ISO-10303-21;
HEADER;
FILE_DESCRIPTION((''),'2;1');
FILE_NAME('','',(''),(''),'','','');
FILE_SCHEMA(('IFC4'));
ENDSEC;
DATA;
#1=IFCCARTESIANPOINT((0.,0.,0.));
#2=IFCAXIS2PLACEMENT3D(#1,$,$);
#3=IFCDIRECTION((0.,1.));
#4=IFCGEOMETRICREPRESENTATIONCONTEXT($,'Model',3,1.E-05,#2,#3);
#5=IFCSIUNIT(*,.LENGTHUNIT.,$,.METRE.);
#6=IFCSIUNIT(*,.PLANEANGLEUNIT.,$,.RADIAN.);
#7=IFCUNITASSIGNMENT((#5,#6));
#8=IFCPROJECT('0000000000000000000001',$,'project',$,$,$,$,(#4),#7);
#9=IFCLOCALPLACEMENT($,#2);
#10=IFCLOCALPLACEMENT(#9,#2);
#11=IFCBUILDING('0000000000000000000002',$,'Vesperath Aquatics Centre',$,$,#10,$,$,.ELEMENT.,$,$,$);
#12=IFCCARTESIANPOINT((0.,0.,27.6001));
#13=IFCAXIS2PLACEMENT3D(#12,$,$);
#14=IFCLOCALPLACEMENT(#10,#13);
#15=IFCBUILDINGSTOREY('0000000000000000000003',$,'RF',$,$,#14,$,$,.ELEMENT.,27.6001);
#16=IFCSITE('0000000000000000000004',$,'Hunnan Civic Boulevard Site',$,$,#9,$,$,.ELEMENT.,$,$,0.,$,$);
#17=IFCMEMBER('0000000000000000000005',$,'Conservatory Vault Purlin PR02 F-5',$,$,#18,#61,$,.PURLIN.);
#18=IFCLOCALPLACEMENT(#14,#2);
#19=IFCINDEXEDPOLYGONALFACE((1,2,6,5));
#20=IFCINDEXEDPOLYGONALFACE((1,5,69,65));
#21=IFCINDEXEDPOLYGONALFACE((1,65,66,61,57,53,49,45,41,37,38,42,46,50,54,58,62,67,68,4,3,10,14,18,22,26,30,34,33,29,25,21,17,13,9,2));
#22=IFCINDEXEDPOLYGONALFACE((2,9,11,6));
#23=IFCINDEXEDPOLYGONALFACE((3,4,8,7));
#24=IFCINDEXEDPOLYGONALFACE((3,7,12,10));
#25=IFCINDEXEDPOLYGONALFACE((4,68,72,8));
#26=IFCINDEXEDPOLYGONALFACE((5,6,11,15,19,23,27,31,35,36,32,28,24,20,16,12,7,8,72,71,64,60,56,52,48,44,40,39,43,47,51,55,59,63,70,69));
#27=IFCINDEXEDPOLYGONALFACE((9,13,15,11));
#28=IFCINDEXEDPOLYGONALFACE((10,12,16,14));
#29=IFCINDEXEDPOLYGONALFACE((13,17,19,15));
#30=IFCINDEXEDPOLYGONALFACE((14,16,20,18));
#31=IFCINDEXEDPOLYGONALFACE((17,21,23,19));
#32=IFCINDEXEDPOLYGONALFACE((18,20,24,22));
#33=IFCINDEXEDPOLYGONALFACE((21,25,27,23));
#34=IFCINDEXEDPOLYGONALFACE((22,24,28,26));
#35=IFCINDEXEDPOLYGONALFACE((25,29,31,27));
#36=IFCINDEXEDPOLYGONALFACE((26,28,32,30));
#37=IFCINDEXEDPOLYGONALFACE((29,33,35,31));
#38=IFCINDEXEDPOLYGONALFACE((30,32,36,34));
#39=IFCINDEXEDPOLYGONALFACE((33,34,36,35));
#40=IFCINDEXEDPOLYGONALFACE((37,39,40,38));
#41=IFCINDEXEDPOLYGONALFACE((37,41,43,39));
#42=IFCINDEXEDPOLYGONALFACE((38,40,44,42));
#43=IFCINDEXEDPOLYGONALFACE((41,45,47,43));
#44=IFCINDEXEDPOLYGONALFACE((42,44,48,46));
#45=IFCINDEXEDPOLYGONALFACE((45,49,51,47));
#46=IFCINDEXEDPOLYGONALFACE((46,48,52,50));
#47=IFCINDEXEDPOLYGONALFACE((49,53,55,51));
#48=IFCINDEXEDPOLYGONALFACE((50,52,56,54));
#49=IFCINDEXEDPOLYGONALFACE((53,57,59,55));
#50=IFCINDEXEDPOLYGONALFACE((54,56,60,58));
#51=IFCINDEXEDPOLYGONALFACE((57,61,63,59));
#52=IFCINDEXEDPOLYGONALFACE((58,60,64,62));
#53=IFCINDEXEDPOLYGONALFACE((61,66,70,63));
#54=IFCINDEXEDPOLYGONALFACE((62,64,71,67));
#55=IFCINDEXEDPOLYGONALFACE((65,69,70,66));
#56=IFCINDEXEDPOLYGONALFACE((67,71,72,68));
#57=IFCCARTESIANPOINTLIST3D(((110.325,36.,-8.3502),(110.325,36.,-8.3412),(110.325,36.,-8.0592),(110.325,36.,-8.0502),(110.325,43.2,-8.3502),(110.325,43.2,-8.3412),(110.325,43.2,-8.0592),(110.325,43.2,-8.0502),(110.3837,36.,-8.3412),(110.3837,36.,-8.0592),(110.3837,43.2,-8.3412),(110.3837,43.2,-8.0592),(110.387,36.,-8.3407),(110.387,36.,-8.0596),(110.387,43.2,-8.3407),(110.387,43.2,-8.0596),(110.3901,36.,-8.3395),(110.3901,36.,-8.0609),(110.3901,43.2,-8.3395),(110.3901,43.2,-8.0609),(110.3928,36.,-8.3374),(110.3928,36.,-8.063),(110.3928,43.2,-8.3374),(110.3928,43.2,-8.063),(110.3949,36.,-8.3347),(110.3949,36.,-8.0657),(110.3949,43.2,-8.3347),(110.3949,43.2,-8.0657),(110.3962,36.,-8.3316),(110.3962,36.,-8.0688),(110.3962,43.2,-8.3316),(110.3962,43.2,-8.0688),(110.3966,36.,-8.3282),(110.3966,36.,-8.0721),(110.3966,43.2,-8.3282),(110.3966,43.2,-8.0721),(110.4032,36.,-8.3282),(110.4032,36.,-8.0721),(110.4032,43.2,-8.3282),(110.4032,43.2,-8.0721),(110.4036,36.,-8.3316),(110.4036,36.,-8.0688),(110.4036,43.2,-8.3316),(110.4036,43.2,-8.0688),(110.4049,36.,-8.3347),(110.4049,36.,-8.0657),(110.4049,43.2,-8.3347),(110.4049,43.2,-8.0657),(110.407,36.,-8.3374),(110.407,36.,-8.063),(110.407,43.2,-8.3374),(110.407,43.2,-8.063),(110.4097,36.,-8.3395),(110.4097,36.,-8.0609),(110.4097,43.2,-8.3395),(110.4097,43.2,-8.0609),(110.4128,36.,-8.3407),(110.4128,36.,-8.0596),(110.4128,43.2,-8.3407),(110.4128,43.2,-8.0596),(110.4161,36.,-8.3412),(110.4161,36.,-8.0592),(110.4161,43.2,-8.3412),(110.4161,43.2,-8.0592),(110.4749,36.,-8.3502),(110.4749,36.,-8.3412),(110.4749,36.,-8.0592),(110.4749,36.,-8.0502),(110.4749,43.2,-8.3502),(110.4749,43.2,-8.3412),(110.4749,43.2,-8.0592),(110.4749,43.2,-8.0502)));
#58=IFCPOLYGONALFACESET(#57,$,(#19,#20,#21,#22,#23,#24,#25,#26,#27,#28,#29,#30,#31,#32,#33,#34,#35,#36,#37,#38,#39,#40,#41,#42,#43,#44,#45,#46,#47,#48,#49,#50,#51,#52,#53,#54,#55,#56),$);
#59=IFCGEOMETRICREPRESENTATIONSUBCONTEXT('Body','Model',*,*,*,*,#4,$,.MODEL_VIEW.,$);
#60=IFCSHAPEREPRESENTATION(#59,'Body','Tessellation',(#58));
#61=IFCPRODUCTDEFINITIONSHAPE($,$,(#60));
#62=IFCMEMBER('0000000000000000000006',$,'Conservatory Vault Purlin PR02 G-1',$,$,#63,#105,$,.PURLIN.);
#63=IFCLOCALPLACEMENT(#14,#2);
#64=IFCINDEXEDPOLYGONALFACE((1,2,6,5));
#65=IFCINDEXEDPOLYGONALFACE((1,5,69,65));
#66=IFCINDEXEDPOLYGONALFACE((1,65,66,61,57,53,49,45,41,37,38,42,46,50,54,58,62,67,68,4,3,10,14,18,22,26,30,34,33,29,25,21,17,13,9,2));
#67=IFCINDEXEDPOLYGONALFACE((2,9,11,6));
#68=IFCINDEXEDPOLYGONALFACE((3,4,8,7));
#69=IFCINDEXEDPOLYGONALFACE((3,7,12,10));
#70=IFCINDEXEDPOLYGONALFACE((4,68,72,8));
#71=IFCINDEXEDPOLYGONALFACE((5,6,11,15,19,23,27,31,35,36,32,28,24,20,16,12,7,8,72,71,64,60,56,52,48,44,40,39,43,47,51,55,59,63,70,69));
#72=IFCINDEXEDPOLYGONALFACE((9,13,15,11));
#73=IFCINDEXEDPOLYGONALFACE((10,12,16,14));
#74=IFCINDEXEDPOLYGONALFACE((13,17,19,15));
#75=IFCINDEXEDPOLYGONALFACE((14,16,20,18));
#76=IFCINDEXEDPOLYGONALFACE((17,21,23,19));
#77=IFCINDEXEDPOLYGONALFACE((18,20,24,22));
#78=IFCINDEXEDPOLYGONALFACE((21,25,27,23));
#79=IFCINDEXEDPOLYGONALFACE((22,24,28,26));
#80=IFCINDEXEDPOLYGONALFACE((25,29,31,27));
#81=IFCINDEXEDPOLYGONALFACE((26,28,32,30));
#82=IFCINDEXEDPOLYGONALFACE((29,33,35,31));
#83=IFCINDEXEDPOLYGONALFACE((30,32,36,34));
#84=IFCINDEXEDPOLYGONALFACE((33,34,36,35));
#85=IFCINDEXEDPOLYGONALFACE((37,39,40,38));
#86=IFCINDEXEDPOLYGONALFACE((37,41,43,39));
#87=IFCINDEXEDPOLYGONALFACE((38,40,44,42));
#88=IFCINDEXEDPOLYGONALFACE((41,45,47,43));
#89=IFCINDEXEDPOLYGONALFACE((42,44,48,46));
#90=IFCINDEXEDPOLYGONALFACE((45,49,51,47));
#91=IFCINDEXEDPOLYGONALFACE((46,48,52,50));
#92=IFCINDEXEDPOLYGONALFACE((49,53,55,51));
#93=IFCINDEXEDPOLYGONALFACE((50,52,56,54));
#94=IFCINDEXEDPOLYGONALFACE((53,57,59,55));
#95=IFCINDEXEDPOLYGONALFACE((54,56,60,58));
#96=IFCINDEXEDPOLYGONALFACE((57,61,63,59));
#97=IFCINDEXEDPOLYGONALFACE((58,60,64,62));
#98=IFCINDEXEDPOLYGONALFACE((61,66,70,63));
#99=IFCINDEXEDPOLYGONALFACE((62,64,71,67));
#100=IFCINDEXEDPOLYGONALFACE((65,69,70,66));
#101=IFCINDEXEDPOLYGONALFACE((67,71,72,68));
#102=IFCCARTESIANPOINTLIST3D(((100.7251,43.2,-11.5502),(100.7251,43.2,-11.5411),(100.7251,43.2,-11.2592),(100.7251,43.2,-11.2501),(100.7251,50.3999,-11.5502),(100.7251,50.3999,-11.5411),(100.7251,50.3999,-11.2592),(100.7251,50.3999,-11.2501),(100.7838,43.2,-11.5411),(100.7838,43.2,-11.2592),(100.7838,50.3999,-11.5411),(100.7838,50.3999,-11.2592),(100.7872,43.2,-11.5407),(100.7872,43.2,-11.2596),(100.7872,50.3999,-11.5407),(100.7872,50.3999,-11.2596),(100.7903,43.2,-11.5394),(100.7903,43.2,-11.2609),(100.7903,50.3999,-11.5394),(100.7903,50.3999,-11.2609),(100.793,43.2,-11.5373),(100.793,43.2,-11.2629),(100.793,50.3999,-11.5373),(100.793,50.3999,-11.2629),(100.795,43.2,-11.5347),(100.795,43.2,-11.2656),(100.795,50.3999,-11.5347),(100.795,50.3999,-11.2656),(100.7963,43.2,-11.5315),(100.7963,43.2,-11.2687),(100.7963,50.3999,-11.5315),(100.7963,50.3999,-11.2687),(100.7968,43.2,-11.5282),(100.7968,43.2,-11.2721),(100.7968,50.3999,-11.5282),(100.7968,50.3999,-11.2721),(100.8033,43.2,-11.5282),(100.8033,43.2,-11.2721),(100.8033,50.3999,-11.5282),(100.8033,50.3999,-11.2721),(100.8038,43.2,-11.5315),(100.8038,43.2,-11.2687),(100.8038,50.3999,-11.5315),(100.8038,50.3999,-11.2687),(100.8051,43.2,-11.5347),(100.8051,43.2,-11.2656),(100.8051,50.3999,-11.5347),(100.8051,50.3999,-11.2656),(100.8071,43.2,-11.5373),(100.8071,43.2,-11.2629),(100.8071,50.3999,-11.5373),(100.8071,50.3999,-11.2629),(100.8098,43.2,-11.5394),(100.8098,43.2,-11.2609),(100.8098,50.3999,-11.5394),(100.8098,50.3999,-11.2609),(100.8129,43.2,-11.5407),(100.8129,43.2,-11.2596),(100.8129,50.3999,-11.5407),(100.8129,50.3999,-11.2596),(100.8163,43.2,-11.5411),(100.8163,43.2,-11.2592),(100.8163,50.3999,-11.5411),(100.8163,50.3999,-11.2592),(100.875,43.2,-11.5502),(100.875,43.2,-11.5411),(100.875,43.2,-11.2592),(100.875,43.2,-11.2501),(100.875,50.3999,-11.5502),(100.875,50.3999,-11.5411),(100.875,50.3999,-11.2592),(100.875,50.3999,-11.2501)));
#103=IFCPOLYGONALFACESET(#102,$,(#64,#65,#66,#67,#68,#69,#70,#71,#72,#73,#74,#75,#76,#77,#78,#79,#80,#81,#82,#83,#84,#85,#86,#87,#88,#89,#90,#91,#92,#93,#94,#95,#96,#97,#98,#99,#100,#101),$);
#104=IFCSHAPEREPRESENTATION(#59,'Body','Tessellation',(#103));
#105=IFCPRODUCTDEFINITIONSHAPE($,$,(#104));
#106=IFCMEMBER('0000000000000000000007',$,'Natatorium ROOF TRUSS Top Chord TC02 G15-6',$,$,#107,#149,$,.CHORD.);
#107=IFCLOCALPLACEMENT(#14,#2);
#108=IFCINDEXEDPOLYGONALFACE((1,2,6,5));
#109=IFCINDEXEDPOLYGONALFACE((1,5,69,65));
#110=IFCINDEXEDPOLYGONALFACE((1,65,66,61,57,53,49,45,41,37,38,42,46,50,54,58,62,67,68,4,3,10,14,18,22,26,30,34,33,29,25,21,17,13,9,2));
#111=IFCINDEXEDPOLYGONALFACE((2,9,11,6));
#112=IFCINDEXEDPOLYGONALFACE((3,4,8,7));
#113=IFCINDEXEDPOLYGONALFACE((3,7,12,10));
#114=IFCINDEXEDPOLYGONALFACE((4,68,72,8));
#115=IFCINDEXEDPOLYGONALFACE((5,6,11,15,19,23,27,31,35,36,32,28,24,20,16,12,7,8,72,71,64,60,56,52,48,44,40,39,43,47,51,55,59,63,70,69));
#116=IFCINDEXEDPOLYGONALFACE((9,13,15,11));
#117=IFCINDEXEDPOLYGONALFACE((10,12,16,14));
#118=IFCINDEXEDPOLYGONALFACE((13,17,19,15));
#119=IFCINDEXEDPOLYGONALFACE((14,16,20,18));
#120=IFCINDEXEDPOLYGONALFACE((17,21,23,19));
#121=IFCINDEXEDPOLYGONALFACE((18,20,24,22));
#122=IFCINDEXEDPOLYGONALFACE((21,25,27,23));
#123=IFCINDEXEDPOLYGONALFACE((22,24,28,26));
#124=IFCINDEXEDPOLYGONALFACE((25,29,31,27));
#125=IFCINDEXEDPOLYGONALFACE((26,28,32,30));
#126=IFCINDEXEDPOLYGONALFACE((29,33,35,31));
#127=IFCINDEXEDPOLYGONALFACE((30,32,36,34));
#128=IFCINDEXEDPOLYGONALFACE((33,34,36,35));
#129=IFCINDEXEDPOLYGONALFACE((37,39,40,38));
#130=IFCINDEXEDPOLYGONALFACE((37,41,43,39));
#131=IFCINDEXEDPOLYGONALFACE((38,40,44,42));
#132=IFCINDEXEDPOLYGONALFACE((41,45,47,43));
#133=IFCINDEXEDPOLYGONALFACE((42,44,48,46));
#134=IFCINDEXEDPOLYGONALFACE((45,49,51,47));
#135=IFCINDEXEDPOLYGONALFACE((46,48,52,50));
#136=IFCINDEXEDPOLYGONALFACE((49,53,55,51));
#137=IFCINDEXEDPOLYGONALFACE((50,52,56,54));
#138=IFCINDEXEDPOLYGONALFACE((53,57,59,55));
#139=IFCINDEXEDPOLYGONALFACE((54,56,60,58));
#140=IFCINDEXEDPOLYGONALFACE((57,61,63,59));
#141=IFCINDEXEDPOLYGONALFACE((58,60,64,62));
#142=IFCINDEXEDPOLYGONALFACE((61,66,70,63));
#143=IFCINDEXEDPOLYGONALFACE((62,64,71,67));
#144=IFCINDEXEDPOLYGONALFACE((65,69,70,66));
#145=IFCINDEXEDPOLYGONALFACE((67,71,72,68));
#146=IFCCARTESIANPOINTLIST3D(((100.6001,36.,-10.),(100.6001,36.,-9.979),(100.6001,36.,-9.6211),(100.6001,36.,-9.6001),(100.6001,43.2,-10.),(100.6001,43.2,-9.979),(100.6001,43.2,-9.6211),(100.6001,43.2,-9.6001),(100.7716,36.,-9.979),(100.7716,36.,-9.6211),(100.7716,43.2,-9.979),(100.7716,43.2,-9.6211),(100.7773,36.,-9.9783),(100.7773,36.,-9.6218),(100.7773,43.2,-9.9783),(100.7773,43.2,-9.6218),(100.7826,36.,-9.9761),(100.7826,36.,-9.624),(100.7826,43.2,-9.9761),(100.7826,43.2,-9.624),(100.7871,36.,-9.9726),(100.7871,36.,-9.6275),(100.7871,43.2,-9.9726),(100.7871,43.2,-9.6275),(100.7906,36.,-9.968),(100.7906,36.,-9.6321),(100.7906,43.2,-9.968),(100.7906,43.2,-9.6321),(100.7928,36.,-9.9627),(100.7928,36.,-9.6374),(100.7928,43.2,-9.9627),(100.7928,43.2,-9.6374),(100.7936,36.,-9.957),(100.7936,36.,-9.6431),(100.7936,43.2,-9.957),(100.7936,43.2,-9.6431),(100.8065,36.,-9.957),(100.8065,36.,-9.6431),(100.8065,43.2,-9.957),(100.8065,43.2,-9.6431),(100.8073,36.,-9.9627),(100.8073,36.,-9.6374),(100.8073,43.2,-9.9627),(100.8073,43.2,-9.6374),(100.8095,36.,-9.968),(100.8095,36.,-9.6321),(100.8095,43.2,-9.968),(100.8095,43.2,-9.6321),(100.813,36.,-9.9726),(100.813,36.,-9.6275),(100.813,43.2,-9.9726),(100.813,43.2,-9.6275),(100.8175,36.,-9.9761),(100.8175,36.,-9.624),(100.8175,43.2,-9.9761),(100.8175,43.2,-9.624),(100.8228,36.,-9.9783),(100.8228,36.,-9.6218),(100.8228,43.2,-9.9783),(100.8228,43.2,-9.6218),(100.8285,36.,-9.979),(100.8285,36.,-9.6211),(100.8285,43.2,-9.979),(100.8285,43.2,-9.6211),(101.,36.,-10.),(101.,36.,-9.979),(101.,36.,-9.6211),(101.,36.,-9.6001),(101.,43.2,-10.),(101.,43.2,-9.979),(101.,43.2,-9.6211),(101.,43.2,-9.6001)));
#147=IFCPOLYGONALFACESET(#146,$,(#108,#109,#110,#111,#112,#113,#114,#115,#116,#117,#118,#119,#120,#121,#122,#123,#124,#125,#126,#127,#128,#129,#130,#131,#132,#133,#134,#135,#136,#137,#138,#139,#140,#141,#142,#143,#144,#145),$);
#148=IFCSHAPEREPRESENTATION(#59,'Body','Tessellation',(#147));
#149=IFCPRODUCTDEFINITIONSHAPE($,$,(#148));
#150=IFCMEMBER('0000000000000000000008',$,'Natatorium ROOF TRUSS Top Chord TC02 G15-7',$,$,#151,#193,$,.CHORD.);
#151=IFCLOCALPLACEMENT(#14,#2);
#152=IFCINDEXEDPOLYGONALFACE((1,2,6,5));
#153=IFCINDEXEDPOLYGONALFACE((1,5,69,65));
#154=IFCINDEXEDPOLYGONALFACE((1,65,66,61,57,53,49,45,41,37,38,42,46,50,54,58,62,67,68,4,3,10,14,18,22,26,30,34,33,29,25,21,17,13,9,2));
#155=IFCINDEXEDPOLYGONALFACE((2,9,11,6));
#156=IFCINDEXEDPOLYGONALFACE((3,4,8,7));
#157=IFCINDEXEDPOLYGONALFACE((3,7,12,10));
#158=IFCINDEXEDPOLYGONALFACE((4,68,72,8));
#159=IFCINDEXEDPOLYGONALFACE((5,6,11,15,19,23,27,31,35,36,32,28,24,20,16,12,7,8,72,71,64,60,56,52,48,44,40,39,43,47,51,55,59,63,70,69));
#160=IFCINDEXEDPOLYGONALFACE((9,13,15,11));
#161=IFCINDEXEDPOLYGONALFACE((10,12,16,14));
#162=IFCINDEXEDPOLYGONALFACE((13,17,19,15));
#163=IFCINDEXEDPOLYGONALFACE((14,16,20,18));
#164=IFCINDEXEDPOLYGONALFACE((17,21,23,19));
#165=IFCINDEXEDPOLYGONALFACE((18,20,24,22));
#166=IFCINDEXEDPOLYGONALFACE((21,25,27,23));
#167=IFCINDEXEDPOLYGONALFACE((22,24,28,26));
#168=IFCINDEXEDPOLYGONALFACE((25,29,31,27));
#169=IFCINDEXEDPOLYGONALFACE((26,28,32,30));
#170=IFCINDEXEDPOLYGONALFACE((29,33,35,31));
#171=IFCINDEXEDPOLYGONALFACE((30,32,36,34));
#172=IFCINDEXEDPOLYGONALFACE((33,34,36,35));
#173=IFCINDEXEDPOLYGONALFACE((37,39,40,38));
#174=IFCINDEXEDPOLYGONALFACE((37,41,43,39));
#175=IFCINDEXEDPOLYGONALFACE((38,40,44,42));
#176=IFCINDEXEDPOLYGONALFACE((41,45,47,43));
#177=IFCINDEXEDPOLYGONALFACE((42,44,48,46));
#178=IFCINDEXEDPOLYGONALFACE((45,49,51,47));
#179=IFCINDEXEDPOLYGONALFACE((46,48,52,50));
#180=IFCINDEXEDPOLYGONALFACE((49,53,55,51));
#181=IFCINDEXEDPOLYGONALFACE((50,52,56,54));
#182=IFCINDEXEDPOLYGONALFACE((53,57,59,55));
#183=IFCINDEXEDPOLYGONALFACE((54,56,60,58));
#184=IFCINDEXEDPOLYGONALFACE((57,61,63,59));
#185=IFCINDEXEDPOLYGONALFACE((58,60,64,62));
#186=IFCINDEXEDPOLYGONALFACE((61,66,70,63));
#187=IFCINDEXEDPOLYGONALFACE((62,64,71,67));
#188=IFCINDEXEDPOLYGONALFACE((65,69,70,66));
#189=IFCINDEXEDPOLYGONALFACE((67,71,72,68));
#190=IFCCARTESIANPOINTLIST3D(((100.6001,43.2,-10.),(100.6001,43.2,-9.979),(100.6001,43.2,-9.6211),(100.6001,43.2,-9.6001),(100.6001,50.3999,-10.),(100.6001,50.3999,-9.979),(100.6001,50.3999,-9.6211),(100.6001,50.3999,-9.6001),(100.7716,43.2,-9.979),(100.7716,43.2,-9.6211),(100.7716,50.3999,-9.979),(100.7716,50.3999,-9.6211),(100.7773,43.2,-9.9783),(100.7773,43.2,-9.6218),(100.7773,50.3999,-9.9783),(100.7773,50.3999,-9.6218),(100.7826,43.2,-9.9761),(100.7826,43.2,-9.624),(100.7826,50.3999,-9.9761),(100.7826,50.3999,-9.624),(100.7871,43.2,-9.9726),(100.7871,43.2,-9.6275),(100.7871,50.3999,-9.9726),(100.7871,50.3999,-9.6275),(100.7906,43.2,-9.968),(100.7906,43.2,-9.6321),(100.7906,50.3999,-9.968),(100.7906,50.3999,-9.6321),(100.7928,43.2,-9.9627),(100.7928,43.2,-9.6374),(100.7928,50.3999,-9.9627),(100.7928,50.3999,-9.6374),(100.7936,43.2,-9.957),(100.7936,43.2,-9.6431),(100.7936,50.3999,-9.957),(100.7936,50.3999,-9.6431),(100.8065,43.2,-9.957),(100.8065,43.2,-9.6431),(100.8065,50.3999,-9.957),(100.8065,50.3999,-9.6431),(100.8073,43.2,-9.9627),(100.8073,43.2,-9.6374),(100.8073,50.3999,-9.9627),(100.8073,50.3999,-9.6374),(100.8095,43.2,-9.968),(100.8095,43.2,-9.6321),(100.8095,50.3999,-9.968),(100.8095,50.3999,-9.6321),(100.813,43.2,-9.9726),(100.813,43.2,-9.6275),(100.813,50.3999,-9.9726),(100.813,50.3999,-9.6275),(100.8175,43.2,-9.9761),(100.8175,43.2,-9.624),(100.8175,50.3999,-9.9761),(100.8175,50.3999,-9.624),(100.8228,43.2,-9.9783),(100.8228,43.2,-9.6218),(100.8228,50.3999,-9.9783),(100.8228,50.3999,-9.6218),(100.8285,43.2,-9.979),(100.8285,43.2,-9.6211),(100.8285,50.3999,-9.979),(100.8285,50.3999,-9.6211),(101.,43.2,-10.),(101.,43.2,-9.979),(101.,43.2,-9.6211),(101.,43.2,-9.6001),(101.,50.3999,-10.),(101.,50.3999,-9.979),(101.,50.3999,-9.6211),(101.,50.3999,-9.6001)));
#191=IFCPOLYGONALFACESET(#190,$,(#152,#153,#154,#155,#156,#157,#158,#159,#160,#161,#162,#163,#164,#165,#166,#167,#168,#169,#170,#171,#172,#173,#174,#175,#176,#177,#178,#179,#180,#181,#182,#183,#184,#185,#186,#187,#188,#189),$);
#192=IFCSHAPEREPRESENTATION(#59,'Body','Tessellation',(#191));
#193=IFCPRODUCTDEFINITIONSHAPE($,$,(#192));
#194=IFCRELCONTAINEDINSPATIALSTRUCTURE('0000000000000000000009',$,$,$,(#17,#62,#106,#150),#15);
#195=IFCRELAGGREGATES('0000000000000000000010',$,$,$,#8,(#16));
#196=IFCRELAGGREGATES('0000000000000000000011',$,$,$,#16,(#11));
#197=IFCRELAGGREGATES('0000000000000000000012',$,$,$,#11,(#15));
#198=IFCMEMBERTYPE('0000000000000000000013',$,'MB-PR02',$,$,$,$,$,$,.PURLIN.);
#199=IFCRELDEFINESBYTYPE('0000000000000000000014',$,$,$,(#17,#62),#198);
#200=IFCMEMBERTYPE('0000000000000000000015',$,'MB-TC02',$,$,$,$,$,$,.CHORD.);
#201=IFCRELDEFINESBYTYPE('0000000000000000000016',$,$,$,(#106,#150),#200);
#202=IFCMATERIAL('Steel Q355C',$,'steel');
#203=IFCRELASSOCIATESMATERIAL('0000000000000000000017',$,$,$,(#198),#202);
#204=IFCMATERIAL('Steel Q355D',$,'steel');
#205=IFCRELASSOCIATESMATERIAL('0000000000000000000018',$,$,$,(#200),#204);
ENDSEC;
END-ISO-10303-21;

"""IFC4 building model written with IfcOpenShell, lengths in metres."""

from ifc_helpers import new_model, si_unit, direction, frame, origin, origin_2d, place, context, subcontext, project, spatial, i_section, extrude, material, material_profile, profile_set, type_object, element, save


model = new_model("IFC4")

# Units and contexts
model_context = context("Model", 3, precision=1e-05, world=origin(), true_north=direction((0.0, 1.0)))
body_context = subcontext(model_context, "Body", "Model", "MODEL_VIEW")
ifc_project = project(units=[si_unit("LENGTHUNIT", "METRE"), si_unit("PLANEANGLEUNIT", "RADIAN")], contexts=[model_context])

# Site, building, storey
site_placement = place(None, origin())
site = spatial("IfcSite", under=ifc_project, at=site_placement, Name="Hunnan Civic Boulevard Site", CompositionType="ELEMENT", RefElevation=0.0)
building_placement = place(site_placement, origin())
building = spatial("IfcBuilding", under=site, at=building_placement, Name="Vesperath Aquatics Centre", CompositionType="ELEMENT")
storey_placement = place(building_placement, frame((0.0, 0.0, 27.6001)))
storey = spatial("IfcBuildingStorey", under=building, at=storey_placement, Name="RF", CompositionType="ELEMENT", Elevation=27.6001)

# Shared definitions
ifc_material_1 = material(Name="Steel Q355D", Category="steel")

# Members
ifc_material_2 = material(Name="Steel Q355C", Category="steel")
ifc_material_profile_1 = material_profile(ifc_material_2, i_section(OverallWidth=0.1499, OverallDepth=0.3, WebThickness=0.0066, FlangeThickness=0.009, FilletRadius=0.0129, at=origin_2d()), Name="HN 300x150x6.5x9")
ifc_profile_set_1 = profile_set([ifc_material_profile_1], Name="Steel Q355C")
member_type_1 = type_object("IfcMemberType", Name="MB-PR02", PredefinedType="PURLIN", material=ifc_profile_set_1)
for number, where, z_axis, x_axis, name in (
    (1, (110.3999, 36.0, -8.2002), (0.0, 1.0, 0.0), (-1.0, 0.0, 0.0), "Conservatory Vault Purlin PR02 F-5"),
    (2, (100.8, 43.2, -11.4001), (0.0, 1.0, 0.0), (-1.0, 0.0, 0.0), "Conservatory Vault Purlin PR02 G-1"),
):
    element("IfcMember", number, at=place(storey_placement, frame(where, z_axis=z_axis, x_axis=x_axis)), inside=storey, type_object=member_type_1, Name=name, PredefinedType="PURLIN", context=body_context, shape_type="SweptSolid", body=[
        extrude(i_section(OverallWidth=0.1499, OverallDepth=0.3, WebThickness=0.0066, FlangeThickness=0.009, FilletRadius=0.0129, at=origin_2d()), origin(), (0.0, 0.0, 1.0), 7.2),
    ])
ifc_material_profile_2 = material_profile(ifc_material_1, i_section(OverallWidth=0.3999, OverallDepth=0.3999, WebThickness=0.0129, FlangeThickness=0.021, FilletRadius=0.022, at=origin_2d()), Name="HW 400x400x13x21")
ifc_profile_set_2 = profile_set([ifc_material_profile_2], Name="Steel Q355D")
member_type_2 = type_object("IfcMemberType", Name="MB-TC02", PredefinedType="CHORD", material=ifc_profile_set_2)
for number, where, z_axis, x_axis, name in (
    (3, (100.8, 36.0, -9.8), (0.0, 1.0, 0.0), (-1.0, 0.0, 0.0), "Natatorium ROOF TRUSS Top Chord TC02 G15-6"),
    (4, (100.8, 43.2, -9.8), (0.0, 1.0, 0.0), (-1.0, 0.0, 0.0), "Natatorium ROOF TRUSS Top Chord TC02 G15-7"),
):
    element("IfcMember", number, at=place(storey_placement, frame(where, z_axis=z_axis, x_axis=x_axis)), inside=storey, type_object=member_type_2, Name=name, PredefinedType="CHORD", context=body_context, shape_type="SweptSolid", body=[
        extrude(i_section(OverallWidth=0.3999, OverallDepth=0.3999, WebThickness=0.0129, FlangeThickness=0.021, FilletRadius=0.022, at=origin_2d()), origin(), (0.0, 0.0, 1.0), 7.2),
    ])

save(model, "model.ifc")
